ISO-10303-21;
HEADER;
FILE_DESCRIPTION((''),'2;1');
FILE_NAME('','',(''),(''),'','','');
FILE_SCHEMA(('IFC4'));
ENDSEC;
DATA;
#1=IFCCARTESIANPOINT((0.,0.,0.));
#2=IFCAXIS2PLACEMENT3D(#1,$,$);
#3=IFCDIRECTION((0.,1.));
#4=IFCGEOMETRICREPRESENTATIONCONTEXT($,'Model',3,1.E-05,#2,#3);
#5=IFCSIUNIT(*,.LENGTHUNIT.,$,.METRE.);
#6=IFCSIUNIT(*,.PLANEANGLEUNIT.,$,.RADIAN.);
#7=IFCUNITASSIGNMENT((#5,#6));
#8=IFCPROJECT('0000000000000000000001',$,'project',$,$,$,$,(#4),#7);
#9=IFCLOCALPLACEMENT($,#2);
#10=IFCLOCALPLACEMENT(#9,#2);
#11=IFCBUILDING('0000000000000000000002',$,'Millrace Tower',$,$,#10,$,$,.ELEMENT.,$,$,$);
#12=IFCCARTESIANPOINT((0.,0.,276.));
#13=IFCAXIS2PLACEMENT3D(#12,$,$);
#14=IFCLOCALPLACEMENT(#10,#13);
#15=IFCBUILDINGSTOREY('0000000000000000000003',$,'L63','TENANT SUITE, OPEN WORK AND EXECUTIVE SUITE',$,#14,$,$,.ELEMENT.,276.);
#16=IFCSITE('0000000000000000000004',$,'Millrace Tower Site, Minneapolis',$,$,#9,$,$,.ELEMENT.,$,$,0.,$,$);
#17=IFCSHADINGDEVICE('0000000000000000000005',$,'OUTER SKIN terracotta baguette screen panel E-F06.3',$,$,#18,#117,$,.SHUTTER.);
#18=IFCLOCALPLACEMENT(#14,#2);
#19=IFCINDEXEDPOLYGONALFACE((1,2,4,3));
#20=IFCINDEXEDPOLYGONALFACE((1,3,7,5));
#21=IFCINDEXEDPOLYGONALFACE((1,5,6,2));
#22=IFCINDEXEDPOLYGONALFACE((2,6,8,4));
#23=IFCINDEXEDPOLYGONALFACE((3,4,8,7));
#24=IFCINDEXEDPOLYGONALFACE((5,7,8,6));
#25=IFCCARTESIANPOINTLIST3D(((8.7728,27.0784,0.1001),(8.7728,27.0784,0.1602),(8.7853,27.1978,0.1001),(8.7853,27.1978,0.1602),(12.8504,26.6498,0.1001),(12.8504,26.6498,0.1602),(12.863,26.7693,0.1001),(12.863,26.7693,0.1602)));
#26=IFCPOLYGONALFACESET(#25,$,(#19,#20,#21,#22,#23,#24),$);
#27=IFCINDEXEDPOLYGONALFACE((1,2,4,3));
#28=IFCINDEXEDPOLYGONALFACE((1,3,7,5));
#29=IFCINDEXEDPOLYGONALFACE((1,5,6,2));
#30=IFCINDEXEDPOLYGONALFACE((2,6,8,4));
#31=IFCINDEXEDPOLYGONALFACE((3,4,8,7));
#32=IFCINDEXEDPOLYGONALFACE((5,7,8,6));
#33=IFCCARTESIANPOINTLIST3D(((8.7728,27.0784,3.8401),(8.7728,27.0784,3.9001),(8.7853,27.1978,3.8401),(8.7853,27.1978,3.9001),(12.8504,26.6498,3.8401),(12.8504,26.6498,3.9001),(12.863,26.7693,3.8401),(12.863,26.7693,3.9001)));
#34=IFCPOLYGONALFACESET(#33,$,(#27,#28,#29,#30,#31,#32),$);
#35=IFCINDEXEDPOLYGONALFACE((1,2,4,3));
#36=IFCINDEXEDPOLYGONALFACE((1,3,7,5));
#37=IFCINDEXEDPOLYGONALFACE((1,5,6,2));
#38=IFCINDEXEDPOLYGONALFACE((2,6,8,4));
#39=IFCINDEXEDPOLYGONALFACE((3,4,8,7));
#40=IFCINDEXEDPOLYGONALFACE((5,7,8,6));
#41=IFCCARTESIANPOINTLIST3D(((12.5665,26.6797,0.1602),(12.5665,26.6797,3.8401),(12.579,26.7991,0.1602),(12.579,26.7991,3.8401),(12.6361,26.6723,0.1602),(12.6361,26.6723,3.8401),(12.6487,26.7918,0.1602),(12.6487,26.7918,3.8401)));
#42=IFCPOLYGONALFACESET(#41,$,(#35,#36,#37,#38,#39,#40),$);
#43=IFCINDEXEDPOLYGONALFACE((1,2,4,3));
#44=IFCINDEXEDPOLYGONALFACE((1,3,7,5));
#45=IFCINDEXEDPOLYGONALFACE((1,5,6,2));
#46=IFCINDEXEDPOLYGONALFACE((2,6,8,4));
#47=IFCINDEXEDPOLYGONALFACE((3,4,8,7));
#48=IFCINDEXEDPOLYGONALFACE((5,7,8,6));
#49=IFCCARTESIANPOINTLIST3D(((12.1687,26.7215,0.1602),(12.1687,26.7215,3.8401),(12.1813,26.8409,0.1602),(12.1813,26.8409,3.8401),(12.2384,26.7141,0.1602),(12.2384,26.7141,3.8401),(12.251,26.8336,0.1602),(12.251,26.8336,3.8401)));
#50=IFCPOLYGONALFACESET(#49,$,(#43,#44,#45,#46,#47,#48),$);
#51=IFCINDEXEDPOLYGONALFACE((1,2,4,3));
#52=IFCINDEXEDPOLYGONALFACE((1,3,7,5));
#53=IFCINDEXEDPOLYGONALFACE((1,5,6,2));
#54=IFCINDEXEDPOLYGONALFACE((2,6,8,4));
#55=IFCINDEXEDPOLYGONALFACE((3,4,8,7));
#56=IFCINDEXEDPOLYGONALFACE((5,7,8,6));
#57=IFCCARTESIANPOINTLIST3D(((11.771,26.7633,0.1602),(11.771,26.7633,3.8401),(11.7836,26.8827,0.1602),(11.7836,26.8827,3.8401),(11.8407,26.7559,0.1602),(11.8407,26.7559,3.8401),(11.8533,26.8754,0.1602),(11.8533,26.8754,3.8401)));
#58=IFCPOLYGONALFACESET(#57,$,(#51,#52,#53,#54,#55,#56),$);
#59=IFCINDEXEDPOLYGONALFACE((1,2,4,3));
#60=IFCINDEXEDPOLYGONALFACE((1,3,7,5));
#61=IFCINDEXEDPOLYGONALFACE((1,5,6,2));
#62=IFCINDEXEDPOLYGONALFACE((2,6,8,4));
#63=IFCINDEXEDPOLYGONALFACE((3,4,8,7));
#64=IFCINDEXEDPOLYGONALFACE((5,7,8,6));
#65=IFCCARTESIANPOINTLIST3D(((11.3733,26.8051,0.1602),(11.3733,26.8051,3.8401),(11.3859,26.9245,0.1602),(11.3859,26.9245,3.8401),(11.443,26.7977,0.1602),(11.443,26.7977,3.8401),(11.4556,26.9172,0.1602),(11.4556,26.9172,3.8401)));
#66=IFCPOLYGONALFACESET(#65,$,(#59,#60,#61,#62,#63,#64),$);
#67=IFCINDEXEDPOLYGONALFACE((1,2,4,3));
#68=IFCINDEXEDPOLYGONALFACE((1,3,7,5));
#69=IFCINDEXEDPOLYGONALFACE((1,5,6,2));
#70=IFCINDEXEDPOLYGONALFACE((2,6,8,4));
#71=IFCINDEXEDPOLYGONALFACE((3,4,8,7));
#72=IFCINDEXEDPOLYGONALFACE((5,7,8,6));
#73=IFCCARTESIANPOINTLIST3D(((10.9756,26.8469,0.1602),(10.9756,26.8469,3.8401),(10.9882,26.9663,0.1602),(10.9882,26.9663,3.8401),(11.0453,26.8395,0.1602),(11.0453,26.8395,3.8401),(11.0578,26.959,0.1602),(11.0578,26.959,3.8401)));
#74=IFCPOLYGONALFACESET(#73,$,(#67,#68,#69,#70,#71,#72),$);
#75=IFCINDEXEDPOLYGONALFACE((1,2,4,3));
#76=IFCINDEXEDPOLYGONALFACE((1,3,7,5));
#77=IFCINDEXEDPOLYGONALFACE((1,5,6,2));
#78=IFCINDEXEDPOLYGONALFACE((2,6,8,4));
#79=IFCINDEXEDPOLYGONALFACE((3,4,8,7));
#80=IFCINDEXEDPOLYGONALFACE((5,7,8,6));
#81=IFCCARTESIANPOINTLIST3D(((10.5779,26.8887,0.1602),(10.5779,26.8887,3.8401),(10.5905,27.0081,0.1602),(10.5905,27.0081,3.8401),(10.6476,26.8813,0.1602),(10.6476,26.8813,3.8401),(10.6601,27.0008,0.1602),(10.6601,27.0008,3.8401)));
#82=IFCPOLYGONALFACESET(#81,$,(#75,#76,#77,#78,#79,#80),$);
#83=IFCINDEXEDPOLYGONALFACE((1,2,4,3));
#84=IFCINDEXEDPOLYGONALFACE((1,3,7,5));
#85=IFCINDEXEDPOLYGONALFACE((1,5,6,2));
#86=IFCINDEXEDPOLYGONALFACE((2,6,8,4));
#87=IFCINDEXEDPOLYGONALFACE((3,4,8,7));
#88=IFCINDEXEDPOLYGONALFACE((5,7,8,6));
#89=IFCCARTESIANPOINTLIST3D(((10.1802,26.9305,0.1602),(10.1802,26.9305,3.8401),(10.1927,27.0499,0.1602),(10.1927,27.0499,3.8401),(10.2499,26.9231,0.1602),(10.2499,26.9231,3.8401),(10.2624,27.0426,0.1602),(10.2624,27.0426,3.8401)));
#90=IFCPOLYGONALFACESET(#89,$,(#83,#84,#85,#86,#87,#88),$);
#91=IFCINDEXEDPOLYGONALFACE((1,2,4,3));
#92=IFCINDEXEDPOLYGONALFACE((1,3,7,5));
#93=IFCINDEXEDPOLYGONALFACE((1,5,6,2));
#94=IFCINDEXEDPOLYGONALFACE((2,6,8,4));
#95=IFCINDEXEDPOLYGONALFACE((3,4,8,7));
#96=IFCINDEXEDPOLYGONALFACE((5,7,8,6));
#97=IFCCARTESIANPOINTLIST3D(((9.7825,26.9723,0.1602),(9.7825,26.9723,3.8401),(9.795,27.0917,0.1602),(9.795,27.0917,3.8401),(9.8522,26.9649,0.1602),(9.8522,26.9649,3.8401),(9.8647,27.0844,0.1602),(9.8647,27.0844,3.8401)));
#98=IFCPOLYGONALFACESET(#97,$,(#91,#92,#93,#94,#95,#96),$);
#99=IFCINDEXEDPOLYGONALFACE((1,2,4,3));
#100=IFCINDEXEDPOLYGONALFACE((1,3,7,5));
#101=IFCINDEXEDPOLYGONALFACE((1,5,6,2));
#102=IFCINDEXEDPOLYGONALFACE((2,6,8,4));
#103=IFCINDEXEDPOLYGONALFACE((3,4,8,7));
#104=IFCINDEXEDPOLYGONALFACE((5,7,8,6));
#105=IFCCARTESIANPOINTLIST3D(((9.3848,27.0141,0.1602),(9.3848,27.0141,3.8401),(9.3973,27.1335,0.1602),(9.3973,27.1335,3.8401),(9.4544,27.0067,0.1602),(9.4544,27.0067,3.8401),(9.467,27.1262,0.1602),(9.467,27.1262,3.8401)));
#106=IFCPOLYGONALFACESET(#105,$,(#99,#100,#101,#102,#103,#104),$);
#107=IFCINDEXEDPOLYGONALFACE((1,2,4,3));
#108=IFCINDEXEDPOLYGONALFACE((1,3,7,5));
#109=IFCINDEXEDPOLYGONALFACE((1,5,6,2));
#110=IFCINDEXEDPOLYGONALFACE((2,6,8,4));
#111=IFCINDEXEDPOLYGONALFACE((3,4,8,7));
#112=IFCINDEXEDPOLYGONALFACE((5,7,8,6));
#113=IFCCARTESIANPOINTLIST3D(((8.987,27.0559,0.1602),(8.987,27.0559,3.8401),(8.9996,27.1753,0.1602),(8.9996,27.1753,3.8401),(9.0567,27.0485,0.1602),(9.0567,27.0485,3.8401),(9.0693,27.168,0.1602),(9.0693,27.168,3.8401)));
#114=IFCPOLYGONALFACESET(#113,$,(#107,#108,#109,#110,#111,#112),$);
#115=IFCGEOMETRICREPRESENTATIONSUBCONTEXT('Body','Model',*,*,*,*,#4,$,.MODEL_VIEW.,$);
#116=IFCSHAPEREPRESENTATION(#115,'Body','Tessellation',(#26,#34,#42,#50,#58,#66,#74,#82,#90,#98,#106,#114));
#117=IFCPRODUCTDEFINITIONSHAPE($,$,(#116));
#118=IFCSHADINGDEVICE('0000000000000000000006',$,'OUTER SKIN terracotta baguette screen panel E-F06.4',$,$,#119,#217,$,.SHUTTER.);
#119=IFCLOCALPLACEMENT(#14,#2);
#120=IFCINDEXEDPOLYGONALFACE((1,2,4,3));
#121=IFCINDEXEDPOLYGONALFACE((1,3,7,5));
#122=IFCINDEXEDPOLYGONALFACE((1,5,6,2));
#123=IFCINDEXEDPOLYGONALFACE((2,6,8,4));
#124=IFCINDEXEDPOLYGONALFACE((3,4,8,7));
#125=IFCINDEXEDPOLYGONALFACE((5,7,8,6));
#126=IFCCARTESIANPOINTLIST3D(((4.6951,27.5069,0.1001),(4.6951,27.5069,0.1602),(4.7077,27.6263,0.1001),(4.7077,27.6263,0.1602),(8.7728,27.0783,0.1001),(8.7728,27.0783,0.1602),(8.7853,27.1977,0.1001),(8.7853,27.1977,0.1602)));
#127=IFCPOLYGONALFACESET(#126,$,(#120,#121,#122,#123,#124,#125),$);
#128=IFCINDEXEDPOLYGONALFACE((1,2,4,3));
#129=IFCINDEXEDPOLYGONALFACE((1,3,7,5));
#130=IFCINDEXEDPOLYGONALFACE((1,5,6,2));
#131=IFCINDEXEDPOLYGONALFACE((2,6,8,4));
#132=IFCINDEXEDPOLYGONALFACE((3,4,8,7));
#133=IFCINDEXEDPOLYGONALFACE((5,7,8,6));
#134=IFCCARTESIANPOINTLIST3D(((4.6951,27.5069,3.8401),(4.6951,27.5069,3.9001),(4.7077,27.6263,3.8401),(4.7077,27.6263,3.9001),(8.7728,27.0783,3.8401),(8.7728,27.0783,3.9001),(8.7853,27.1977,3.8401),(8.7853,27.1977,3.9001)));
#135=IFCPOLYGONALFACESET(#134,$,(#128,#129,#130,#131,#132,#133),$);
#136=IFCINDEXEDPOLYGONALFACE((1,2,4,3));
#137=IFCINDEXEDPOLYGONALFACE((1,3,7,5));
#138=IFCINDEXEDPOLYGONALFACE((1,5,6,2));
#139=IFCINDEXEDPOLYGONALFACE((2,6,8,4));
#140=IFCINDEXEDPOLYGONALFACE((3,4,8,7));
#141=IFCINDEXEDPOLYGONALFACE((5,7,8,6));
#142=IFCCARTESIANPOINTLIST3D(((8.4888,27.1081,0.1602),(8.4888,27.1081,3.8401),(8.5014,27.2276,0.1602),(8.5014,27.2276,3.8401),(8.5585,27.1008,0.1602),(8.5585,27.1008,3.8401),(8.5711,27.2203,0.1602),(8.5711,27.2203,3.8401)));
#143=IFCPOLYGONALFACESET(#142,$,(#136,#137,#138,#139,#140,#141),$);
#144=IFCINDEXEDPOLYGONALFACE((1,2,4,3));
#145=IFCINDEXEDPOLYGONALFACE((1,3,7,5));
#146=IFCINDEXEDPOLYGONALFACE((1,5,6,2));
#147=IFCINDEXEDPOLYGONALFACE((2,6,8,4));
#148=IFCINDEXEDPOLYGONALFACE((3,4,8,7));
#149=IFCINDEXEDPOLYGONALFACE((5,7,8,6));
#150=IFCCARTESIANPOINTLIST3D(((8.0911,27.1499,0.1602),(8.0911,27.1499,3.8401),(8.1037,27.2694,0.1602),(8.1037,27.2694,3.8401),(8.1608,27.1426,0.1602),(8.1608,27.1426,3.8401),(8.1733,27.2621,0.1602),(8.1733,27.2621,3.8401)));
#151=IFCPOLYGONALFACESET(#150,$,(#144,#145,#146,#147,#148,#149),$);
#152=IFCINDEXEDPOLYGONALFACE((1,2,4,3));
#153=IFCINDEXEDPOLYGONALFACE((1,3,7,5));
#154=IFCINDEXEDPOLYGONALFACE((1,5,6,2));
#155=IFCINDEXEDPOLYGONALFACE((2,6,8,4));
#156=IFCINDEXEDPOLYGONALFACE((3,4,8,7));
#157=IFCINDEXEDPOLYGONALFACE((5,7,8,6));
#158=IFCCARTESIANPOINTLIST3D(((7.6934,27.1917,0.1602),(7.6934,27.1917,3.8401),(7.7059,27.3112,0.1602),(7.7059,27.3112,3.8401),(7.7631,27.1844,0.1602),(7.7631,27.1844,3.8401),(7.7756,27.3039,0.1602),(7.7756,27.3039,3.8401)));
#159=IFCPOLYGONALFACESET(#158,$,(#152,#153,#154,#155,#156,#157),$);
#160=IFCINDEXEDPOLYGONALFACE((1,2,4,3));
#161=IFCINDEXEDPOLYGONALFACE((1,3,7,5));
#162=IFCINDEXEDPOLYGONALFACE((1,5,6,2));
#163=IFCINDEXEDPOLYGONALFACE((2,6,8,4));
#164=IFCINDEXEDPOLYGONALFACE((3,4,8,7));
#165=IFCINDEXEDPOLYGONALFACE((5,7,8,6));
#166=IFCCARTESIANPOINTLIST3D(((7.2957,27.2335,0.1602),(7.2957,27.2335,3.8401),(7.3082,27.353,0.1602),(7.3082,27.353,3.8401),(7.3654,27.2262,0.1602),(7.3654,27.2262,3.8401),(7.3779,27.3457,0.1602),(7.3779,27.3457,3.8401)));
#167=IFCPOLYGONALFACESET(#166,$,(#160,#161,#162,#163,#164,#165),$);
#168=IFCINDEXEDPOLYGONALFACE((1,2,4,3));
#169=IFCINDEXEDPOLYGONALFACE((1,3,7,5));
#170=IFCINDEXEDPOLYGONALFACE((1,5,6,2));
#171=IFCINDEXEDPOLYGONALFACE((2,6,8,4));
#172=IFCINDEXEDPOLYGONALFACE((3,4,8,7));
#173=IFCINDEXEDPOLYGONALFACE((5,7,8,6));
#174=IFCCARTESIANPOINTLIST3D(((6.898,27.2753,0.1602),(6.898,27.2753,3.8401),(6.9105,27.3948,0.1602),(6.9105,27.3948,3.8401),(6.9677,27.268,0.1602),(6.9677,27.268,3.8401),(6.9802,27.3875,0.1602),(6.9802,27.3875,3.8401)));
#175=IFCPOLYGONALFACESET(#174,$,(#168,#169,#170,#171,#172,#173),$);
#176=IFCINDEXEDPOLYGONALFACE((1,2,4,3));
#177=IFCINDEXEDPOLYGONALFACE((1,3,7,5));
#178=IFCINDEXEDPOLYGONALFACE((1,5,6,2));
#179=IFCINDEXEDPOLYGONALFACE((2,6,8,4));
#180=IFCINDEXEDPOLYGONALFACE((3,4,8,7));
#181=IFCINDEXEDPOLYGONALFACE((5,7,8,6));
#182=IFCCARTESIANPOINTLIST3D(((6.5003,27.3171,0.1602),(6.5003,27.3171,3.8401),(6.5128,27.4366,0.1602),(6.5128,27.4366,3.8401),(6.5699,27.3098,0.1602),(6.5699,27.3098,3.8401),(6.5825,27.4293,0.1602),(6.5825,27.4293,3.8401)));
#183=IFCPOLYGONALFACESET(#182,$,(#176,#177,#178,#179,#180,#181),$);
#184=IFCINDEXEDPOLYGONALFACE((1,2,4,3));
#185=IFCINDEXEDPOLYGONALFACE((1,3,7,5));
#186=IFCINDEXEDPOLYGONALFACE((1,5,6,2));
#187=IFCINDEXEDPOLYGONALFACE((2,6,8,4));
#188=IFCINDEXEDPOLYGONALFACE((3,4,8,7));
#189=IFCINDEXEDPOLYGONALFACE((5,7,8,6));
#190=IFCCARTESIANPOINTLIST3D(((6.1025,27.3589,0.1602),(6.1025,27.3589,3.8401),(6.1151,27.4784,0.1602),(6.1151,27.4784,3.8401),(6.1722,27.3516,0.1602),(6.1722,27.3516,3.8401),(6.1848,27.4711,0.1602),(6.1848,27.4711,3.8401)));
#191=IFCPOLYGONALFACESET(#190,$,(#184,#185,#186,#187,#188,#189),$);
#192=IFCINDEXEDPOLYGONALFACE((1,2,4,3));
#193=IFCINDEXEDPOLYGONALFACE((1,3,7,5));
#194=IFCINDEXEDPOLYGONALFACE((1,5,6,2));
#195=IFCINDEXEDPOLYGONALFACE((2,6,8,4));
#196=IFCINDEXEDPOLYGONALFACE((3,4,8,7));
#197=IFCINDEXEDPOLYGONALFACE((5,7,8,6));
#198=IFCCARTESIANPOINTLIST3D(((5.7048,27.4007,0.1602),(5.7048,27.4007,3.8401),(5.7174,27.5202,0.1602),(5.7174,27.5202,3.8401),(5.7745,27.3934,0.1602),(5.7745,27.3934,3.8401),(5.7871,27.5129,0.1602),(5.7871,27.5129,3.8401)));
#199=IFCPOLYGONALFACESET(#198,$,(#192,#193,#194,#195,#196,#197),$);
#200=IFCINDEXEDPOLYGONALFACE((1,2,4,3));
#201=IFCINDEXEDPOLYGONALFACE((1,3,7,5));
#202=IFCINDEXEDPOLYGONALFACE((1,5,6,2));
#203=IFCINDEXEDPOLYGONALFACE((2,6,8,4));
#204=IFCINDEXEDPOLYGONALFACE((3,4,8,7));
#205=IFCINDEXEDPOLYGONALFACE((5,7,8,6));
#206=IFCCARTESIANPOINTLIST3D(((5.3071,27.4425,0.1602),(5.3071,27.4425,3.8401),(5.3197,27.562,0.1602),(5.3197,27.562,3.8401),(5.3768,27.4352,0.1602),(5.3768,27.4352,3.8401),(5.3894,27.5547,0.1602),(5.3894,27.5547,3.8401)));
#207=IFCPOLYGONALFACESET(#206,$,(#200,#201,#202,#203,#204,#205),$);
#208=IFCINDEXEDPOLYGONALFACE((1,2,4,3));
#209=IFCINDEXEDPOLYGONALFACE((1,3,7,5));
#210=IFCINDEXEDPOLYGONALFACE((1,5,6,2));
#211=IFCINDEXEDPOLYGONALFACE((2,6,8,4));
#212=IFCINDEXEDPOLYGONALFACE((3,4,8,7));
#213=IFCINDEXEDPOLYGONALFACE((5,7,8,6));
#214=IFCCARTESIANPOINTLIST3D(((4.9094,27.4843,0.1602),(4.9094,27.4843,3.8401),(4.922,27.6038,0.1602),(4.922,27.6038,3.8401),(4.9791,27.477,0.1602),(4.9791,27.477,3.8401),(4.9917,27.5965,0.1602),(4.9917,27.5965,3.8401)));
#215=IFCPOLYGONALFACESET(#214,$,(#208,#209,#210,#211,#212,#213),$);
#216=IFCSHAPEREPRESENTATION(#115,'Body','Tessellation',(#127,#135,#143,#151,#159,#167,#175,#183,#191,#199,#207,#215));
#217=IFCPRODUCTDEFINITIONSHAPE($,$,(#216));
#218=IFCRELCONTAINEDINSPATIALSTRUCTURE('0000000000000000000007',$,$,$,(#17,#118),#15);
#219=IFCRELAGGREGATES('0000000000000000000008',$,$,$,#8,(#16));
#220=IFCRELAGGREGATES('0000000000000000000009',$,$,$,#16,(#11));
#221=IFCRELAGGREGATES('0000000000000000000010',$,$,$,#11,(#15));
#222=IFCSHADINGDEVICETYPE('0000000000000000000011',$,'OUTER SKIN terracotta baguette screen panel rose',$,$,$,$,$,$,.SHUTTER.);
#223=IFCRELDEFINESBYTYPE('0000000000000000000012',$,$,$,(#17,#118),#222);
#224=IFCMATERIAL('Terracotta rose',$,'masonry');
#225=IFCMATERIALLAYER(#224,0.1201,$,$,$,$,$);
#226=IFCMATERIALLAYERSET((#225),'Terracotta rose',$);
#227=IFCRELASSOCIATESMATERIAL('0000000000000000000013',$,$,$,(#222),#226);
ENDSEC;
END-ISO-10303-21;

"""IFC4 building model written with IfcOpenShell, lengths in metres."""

from ifc_helpers import new_model, entity, si_unit, direction, frame, frame_2d, origin, place, context, subcontext, project, spatial, rectangle, extrude, source, transform, mapped, material, layer, layer_set, type_object, element, save


model = new_model("IFC4")

# Units and contexts
model_context = context("Model", 3, precision=1e-05, world=origin(), true_north=direction((0.0, 1.0)))
body_context = subcontext(model_context, "Body", "Model", "MODEL_VIEW")
ifc_project = project(units=[si_unit("LENGTHUNIT", "METRE"), si_unit("PLANEANGLEUNIT", "RADIAN")], contexts=[model_context])

# Site, building, storey
site_placement = place(None, origin())
site = spatial("IfcSite", under=ifc_project, at=site_placement, Name="Millrace Tower Site, Minneapolis", CompositionType="ELEMENT", RefElevation=0.0)
building_placement = place(site_placement, origin())
building = spatial("IfcBuilding", under=site, at=building_placement, Name="Millrace Tower", CompositionType="ELEMENT")
storey_placement = place(building_placement, frame((0.0, 0.0, 276.0)))
storey = spatial("IfcBuildingStorey", under=building, at=storey_placement, Name="L63", Description="TENANT SUITE, OPEN WORK AND EXECUTIVE SUITE", CompositionType="ELEMENT", Elevation=276.0)

# Shading devices
ifc_material_1 = material(Name="Terracotta rose", Category="masonry")
ifc_layer_1 = layer(ifc_material_1, 0.1201)
ifc_layer_set_1 = layer_set([ifc_layer_1], Name="Terracotta rose")
shading_device_type = type_object("IfcShadingDeviceType", Name="OUTER SKIN terracotta baguette screen panel rose", PredefinedType="SHUTTER", material=ifc_layer_set_1)
cartesian_point = entity("IfcCartesianPoint", [-2.05, 0.0601])
shared_polyline = entity("IfcPolyline", [cartesian_point, entity("IfcCartesianPoint", [2.05, 0.0601]), entity("IfcCartesianPoint", [2.05, -0.0601]), entity("IfcCartesianPoint", [-2.05, -0.0601]), cartesian_point])
shared_shape = source(origin(), body_context, "Body", "SweptSolid", [
    entity("IfcExtrudedAreaSolid", entity("IfcArbitraryClosedProfileDef", "AREA", None, shared_polyline), entity("IfcAxis2Placement3D", entity("IfcCartesianPoint", [0.0, 0.0, 0.0])), entity("IfcDirection", [0.0, 0.0, 1.0]), 0.0601),
    entity("IfcExtrudedAreaSolid", entity("IfcArbitraryClosedProfileDef", "AREA", None, shared_polyline), entity("IfcAxis2Placement3D", entity("IfcCartesianPoint", [0.0, 0.0, 3.74])), entity("IfcDirection", [0.0, 0.0, 1.0]), 0.0601),
    extrude(rectangle(XDim=0.0701, YDim=0.1201, at=frame_2d((-1.7996, 0.0))), frame((0.0, 0.0, 0.0601)), (0.0, 0.0, 1.0), 3.6799),
    extrude(rectangle(XDim=0.0701, YDim=0.1201, at=frame_2d((-1.3997, 0.0))), frame((0.0, 0.0, 0.0601)), (0.0, 0.0, 1.0), 3.6799),
    extrude(rectangle(XDim=0.0701, YDim=0.1201, at=frame_2d((-0.9998, 0.0))), frame((0.0, 0.0, 0.0601)), (0.0, 0.0, 1.0), 3.6799),
    extrude(rectangle(XDim=0.0701, YDim=0.1201, at=frame_2d((-0.5999, 0.0))), frame((0.0, 0.0, 0.0601)), (0.0, 0.0, 1.0), 3.6799),
    extrude(rectangle(XDim=0.0701, YDim=0.1201, at=frame_2d((-0.2, 0.0))), frame((0.0, 0.0, 0.0601)), (0.0, 0.0, 1.0), 3.6799),
    extrude(rectangle(XDim=0.0701, YDim=0.1201, at=frame_2d((0.2, 0.0))), frame((0.0, 0.0, 0.0601)), (0.0, 0.0, 1.0), 3.6799),
    extrude(rectangle(XDim=0.0701, YDim=0.1201, at=frame_2d((0.5999, 0.0))), frame((0.0, 0.0, 0.0601)), (0.0, 0.0, 1.0), 3.6799),
    extrude(rectangle(XDim=0.0701, YDim=0.1201, at=frame_2d((0.9998, 0.0))), frame((0.0, 0.0, 0.0601)), (0.0, 0.0, 1.0), 3.6799),
    extrude(rectangle(XDim=0.0701, YDim=0.1201, at=frame_2d((1.3997, 0.0))), frame((0.0, 0.0, 0.0601)), (0.0, 0.0, 1.0), 3.6799),
    extrude(rectangle(XDim=0.0701, YDim=0.1201, at=frame_2d((1.7996, 0.0))), frame((0.0, 0.0, 0.0601)), (0.0, 0.0, 1.0), 3.6799),
])
for number, where, z_axis, x_axis, name in (
    (1, (10.8179, 26.9238, 0.1001), (0.0, 0.0, 1.0), (-0.994522, 0.104528, 0.0), "OUTER SKIN terracotta baguette screen panel E-F06.3"),
    (2, (6.7402, 27.3523, 0.1001), (0.0, 0.0, 1.0), (-0.994522, 0.104528, 0.0), "OUTER SKIN terracotta baguette screen panel E-F06.4"),
):
    element("IfcShadingDevice", number, at=place(storey_placement, frame(where, z_axis=z_axis, x_axis=x_axis)), inside=storey, type_object=shading_device_type, Name=name, PredefinedType="SHUTTER", context=body_context, shape_type="MappedRepresentation", body=[
        mapped(shared_shape, transform((0.0, 0.0, 0.0), scale=1.0)),
    ])

save(model, "model.ifc")
